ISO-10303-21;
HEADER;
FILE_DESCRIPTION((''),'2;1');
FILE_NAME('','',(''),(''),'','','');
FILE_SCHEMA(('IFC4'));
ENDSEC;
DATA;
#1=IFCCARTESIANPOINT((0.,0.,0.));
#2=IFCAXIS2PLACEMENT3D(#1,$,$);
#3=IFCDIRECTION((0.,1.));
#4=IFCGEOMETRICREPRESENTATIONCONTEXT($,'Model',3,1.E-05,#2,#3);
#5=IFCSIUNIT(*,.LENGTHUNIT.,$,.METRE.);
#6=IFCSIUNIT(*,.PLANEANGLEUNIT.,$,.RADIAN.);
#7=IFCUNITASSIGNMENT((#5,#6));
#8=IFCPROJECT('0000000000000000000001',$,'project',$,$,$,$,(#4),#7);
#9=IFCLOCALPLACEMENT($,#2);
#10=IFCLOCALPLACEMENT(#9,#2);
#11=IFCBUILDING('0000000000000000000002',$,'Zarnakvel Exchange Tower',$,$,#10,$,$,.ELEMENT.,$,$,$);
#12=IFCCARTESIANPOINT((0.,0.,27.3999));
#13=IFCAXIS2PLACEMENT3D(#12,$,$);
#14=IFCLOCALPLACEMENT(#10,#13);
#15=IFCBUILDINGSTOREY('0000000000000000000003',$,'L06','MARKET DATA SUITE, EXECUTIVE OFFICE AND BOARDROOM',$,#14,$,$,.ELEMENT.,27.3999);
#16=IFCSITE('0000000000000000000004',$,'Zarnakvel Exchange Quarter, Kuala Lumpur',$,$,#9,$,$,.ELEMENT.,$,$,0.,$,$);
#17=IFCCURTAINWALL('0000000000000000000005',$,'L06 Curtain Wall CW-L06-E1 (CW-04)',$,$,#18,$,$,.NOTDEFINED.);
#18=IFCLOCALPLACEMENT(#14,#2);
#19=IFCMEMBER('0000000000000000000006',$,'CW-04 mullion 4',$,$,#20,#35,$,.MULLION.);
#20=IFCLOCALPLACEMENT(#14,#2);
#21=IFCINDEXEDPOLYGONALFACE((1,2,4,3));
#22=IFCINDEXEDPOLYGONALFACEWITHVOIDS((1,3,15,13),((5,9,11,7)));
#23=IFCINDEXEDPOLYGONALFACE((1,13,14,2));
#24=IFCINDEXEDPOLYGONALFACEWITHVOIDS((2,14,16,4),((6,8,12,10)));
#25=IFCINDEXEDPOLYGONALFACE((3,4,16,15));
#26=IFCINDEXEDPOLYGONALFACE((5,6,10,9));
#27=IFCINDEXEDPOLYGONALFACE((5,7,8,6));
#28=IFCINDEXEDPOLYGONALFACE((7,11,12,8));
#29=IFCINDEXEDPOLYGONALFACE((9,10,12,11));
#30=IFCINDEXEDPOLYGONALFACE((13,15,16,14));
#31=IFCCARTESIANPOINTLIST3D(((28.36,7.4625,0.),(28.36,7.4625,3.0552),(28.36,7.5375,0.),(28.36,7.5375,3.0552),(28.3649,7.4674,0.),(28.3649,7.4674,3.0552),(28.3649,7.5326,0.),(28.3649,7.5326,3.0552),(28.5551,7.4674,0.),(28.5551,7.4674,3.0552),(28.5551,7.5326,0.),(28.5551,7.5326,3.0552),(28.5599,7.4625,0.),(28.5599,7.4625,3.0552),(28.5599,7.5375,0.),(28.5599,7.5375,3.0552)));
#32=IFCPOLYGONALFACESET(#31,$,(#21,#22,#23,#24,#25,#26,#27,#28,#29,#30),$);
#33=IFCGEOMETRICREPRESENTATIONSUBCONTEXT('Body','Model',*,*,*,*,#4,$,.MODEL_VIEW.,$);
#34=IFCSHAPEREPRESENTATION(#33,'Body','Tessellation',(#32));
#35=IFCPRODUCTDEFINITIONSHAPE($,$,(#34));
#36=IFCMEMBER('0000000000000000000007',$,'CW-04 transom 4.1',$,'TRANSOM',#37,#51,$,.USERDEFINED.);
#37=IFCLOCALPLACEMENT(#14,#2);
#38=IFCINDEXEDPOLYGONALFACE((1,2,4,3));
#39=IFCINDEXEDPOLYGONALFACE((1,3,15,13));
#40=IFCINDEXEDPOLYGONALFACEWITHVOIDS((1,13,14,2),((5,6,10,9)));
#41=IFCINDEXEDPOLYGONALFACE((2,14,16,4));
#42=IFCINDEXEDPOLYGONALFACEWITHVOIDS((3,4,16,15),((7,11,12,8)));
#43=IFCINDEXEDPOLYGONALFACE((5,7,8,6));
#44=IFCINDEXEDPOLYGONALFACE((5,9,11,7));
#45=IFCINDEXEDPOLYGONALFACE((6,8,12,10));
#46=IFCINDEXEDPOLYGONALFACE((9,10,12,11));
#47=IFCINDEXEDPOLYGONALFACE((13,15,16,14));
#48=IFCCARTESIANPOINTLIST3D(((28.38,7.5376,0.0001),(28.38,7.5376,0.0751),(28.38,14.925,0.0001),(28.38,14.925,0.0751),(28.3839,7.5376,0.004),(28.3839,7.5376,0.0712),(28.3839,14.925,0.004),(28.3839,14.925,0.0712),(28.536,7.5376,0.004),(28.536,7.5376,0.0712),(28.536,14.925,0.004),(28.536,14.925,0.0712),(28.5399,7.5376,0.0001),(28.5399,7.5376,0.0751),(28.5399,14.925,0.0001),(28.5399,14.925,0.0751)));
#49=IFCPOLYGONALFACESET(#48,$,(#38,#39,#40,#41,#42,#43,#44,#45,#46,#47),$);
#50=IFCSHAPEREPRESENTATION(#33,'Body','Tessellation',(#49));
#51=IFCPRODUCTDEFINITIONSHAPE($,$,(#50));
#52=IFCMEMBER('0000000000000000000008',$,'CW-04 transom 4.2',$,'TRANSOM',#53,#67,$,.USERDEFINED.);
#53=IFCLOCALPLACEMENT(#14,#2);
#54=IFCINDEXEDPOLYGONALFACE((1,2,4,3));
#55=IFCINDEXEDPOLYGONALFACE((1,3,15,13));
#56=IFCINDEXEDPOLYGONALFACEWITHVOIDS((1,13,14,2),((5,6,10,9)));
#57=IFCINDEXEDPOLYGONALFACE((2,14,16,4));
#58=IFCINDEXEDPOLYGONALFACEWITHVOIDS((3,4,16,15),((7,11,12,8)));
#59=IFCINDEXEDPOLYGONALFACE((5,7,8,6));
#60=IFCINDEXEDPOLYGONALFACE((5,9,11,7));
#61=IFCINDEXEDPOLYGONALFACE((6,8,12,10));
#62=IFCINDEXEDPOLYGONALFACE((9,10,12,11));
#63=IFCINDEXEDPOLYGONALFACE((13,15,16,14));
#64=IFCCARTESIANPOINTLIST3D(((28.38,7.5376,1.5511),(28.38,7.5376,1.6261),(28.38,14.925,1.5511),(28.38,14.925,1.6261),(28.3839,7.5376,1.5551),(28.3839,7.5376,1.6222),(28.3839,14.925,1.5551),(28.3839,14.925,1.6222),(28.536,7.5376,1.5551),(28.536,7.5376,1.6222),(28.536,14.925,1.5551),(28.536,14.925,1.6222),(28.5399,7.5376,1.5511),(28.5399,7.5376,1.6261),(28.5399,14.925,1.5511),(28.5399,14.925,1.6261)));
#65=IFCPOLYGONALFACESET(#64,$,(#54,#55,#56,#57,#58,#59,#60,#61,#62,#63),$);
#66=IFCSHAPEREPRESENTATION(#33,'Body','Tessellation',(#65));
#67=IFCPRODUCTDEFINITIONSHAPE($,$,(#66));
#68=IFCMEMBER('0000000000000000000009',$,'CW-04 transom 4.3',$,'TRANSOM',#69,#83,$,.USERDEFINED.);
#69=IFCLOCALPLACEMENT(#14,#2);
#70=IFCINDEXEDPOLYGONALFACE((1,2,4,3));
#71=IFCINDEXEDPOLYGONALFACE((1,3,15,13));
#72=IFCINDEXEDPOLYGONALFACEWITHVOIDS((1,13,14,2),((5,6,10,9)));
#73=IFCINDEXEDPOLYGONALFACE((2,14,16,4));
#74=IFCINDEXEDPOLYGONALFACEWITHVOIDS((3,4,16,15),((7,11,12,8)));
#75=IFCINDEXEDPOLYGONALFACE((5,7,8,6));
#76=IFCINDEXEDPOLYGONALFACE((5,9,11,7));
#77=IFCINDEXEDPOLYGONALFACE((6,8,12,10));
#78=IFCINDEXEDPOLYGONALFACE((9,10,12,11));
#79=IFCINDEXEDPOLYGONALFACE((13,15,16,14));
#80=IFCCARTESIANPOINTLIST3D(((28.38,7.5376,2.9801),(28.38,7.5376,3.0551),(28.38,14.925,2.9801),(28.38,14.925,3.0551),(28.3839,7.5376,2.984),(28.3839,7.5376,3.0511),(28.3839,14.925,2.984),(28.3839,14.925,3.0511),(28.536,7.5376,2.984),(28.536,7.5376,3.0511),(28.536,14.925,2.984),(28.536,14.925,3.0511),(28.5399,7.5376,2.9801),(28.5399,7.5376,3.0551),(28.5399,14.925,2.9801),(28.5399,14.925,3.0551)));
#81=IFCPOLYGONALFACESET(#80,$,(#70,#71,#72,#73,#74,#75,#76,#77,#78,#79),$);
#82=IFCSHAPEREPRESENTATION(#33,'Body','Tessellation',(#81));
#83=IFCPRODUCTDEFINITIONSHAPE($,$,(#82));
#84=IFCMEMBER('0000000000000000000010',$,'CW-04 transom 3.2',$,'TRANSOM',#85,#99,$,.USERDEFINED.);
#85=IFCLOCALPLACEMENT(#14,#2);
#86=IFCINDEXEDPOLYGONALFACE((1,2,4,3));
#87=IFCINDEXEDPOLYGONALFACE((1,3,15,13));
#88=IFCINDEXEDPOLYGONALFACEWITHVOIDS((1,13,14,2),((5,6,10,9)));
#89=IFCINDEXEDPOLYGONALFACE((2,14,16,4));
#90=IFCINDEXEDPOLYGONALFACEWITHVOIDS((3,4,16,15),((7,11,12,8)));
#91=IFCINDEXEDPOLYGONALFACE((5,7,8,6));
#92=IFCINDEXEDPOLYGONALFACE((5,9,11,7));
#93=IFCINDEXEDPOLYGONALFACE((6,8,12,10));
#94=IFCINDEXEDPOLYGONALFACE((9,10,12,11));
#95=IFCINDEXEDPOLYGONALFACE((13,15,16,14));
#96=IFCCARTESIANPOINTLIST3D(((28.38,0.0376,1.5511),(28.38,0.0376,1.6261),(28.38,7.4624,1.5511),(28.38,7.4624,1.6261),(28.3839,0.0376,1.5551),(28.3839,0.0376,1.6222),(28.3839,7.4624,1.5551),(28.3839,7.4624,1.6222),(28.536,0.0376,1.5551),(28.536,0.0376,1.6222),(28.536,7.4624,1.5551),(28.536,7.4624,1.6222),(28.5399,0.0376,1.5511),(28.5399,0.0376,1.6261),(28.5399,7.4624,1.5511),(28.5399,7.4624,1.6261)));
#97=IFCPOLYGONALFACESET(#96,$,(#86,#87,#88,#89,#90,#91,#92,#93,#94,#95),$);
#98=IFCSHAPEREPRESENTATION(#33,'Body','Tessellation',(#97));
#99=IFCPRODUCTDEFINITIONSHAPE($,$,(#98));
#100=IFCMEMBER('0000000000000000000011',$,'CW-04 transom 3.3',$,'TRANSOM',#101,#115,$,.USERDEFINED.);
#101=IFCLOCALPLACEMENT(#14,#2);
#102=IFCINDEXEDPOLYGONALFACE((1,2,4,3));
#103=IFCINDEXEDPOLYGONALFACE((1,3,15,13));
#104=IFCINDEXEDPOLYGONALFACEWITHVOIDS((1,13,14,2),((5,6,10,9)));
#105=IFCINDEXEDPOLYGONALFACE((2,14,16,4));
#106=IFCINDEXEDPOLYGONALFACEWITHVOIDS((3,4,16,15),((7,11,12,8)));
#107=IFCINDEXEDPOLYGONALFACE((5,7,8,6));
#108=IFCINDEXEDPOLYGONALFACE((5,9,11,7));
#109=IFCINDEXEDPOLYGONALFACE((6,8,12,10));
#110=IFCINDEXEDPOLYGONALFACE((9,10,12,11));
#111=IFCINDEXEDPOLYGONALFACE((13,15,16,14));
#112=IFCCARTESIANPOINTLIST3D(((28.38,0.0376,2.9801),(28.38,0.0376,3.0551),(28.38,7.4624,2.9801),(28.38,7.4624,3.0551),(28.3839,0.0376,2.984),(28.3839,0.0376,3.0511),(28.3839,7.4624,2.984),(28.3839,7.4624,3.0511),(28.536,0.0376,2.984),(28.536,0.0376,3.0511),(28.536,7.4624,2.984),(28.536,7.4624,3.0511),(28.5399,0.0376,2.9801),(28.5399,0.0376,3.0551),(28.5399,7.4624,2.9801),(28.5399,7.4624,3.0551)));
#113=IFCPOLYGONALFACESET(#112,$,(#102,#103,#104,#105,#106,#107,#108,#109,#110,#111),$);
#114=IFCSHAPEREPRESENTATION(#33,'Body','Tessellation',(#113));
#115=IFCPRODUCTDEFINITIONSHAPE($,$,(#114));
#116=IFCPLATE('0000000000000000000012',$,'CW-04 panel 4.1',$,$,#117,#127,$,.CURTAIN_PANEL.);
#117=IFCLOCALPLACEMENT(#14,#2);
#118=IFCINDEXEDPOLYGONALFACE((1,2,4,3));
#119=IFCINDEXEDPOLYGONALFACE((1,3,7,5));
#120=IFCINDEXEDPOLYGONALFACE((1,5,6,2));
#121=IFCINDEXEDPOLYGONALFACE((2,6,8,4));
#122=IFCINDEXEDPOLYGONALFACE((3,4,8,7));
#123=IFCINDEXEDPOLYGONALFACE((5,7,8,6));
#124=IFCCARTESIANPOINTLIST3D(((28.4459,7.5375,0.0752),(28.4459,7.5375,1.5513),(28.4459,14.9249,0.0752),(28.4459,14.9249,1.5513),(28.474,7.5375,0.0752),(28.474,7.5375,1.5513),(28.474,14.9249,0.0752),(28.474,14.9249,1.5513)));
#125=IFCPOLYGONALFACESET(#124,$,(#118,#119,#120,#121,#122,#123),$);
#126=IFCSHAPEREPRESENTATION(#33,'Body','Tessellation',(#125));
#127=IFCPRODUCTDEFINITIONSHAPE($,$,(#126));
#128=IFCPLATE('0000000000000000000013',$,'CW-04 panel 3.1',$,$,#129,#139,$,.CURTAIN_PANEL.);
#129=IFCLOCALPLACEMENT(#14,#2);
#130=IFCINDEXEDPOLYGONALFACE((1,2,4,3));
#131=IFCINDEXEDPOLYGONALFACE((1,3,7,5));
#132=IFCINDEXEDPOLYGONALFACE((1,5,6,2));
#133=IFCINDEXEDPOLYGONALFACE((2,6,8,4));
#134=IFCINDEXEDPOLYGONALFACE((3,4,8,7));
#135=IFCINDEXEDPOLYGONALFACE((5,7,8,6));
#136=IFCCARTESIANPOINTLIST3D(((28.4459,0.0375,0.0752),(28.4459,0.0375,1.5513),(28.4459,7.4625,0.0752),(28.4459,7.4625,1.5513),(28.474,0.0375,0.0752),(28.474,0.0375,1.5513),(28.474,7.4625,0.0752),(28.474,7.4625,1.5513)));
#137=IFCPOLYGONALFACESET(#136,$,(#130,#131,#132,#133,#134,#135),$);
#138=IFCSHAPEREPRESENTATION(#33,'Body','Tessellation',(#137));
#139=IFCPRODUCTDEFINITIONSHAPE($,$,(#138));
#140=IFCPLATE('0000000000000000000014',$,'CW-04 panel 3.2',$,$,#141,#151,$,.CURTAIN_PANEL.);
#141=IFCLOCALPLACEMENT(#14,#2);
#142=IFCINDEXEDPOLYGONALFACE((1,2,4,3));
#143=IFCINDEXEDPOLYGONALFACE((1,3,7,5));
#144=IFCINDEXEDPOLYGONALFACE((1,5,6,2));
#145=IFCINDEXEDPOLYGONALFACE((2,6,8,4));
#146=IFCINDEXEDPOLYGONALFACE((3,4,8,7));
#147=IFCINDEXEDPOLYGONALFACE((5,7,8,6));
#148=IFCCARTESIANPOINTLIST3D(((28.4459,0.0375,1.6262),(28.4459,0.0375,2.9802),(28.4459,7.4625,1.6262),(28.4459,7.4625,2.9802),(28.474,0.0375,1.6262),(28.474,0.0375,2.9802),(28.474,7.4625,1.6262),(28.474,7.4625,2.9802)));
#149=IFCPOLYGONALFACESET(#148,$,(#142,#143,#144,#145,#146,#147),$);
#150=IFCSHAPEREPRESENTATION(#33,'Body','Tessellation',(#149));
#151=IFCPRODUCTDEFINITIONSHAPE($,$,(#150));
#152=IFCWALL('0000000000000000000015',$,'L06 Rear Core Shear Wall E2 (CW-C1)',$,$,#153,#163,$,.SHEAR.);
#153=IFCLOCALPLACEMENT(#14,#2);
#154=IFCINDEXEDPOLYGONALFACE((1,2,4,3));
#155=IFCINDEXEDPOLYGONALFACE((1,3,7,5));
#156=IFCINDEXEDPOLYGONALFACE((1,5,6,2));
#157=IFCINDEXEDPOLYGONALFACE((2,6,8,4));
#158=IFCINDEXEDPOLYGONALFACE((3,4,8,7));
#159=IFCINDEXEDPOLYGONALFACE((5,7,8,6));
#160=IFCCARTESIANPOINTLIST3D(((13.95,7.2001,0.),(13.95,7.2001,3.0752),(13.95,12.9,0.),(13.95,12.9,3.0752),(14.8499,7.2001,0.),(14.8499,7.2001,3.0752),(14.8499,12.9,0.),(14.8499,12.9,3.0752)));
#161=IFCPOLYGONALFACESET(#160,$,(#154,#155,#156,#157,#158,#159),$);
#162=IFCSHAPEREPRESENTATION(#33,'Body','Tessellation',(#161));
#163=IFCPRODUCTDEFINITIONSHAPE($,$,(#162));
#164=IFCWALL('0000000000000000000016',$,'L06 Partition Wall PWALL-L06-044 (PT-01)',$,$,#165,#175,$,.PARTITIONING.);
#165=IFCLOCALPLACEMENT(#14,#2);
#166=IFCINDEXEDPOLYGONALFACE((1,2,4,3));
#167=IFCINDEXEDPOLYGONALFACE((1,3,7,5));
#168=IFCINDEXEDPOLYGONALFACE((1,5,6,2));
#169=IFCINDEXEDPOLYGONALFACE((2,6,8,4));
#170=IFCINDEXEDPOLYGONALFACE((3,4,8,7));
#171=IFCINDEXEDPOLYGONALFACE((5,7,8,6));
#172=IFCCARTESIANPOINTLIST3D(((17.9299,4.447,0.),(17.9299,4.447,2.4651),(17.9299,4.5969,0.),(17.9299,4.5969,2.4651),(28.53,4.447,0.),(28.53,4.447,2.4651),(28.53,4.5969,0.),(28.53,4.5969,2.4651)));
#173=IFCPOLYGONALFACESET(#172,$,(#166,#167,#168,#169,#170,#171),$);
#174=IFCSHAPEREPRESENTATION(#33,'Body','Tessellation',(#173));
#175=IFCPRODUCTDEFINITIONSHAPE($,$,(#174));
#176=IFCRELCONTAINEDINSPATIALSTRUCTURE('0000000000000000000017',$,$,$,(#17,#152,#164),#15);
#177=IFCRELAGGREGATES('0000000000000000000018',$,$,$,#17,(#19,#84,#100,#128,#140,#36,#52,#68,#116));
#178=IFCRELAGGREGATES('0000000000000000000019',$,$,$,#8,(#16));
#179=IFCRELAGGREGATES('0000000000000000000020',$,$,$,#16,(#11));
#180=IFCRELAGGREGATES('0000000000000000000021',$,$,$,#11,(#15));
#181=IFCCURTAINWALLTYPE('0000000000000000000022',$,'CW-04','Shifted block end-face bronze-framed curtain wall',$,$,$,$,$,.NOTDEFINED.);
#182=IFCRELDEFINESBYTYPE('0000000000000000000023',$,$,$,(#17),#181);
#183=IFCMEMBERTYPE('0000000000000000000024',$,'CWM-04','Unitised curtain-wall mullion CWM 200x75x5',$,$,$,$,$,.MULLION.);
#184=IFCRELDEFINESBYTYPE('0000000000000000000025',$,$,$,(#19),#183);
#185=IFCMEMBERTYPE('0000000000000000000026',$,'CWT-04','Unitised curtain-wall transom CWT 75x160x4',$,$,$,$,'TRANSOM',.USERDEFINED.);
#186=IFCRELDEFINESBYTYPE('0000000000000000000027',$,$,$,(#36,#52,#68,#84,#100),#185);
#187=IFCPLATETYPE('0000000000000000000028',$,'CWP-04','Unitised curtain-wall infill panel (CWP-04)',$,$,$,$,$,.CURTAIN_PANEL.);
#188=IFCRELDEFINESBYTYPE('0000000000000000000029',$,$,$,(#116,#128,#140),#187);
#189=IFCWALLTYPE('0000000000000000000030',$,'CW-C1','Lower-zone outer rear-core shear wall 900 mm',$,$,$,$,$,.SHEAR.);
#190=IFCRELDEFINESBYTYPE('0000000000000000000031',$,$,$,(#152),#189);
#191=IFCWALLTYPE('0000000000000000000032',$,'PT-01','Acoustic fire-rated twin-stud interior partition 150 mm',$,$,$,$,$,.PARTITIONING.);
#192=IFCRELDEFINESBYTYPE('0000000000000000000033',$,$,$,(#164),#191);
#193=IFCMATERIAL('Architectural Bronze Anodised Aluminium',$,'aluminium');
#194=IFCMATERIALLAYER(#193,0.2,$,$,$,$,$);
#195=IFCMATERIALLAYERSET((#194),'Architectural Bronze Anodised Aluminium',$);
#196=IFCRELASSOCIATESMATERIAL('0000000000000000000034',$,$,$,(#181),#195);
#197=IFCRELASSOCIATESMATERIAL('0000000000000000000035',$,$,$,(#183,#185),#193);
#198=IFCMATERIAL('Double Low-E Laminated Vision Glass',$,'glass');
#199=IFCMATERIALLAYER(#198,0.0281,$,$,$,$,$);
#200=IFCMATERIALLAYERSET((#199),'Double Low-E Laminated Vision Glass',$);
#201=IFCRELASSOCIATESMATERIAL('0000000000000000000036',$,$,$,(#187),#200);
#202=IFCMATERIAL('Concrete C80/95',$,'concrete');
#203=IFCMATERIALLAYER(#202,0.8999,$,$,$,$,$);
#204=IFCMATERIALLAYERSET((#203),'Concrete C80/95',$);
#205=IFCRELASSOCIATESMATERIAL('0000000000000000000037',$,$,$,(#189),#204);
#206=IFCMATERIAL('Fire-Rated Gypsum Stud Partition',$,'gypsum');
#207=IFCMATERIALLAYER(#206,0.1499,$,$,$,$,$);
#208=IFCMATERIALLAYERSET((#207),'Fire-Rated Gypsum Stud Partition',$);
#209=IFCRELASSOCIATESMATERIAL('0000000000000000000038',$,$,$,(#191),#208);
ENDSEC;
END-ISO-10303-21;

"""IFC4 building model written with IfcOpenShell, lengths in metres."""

from ifc_helpers import new_model, si_unit, direction, frame, frame_2d, origin, origin_2d, place, context, subcontext, project, spatial, rectangle, hollow_rectangle, extrude, source, transform, mapped, material, layer, layer_set, material_profile, profile_set, type_object, element, aggregate, save


model = new_model("IFC4")

# Units and contexts
model_context = context("Model", 3, precision=1e-05, world=origin(), true_north=direction((0.0, 1.0)))
body_context = subcontext(model_context, "Body", "Model", "MODEL_VIEW")
ifc_project = project(units=[si_unit("LENGTHUNIT", "METRE"), si_unit("PLANEANGLEUNIT", "RADIAN")], contexts=[model_context])

# Site, building, storey
site_placement = place(None, origin())
site = spatial("IfcSite", under=ifc_project, at=site_placement, Name="Zarnakvel Exchange Quarter, Kuala Lumpur", CompositionType="ELEMENT", RefElevation=0.0)
building_placement = place(site_placement, origin())
building = spatial("IfcBuilding", under=site, at=building_placement, Name="Zarnakvel Exchange Tower", CompositionType="ELEMENT")
storey_placement = place(building_placement, frame((0.0, 0.0, 27.3999)))
storey = spatial("IfcBuildingStorey", under=building, at=storey_placement, Name="L06", Description="MARKET DATA SUITE, EXECUTIVE OFFICE AND BOARDROOM", CompositionType="ELEMENT", Elevation=27.3999)

# Shared definitions
ifc_material_1 = material(Name="Concrete C80/95", Category="concrete")

# Curtain wall, members, plates
ifc_material_2 = material(Name="Architectural Bronze Anodised Aluminium", Category="aluminium")
ifc_layer_1 = layer(ifc_material_2, 0.2)
ifc_layer_set_1 = layer_set([ifc_layer_1], Name="Architectural Bronze Anodised Aluminium")
curtain_wall_type = type_object("IfcCurtainWallType", Name="CW-04", Description="Shifted block end-face bronze-framed curtain wall", PredefinedType="NOTDEFINED", material=ifc_layer_set_1)
curtain_wall_placement = place(storey_placement, origin())
curtain_wall = element("IfcCurtainWall", 1, at=curtain_wall_placement, inside=storey, type_object=curtain_wall_type, Name="L06 Curtain Wall CW-L06-E1 (CW-04)", PredefinedType="NOTDEFINED")
ifc_material_profile_1 = material_profile(ifc_material_2, hollow_rectangle(XDim=0.2, YDim=0.075, WallThickness=0.0049, at=origin_2d()))
ifc_profile_set_1 = profile_set([ifc_material_profile_1], Name="Architectural Bronze Anodised Aluminium")
member_type_1 = type_object("IfcMemberType", Name="CWM-04", Description="Unitised curtain-wall mullion CWM 200x75x5", PredefinedType="MULLION", material=ifc_profile_set_1)
shared_shape_1 = source(origin(), body_context, "Body", "SweptSolid", [
    extrude(hollow_rectangle(XDim=0.2, YDim=0.075, WallThickness=0.0049, at=origin_2d()), origin(), (0.0, 0.0, 1.0), 3.0552),
])
member_1_placement = place(storey_placement, frame((28.46, 7.5, 0.0), z_axis=(0.0, 0.0, 1.0), x_axis=(-1.0, 0.0, 0.0)))
member_1 = element("IfcMember", 2, at=member_1_placement, type_object=member_type_1, Name="CW-04 mullion 4", PredefinedType="MULLION", context=body_context, shape_type="MappedRepresentation", body=[
    mapped(shared_shape_1, transform((0.0, 0.0, 0.0), x_axis=(1.0, 0.0, 0.0), y_axis=(0.0, 1.0, 0.0), z_axis=(0.0, 0.0, 1.0), scale=1.0)),
])
ifc_material_profile_2 = material_profile(ifc_material_2, hollow_rectangle(XDim=0.1599, YDim=0.075, WallThickness=0.0039, at=origin_2d()))
ifc_profile_set_2 = profile_set([ifc_material_profile_2], Name="Architectural Bronze Anodised Aluminium")
member_type_2 = type_object("IfcMemberType", Name="CWT-04", Description="Unitised curtain-wall transom CWT 75x160x4", ElementType="TRANSOM", PredefinedType="USERDEFINED", material=ifc_profile_set_2)
shared_shape_2 = source(origin(), body_context, "Body", "SweptSolid", [
    extrude(hollow_rectangle(XDim=0.1599, YDim=0.075, WallThickness=0.0039, at=origin_2d()), origin(), (0.0, 0.0, 1.0), 7.3875),
])
member_2_placement = place(storey_placement, frame((28.46, 7.5376, 0.0376), z_axis=(0.0, 1.0, 0.0), x_axis=(-1.0, 0.0, 0.0)))
member_2 = element("IfcMember", 3, at=member_2_placement, type_object=member_type_2, Name="CW-04 transom 4.1", ObjectType="TRANSOM", PredefinedType="USERDEFINED", context=body_context, shape_type="MappedRepresentation", body=[
    mapped(shared_shape_2, transform((0.0, 0.0, 0.0), x_axis=(1.0, 0.0, 0.0), y_axis=(0.0, 1.0, 0.0), z_axis=(0.0, 0.0, 1.0), scale=1.0)),
])
member_3_placement = place(storey_placement, frame((28.46, 7.5376, 1.5886), z_axis=(0.0, 1.0, 0.0), x_axis=(-1.0, 0.0, 0.0)))
member_3 = element("IfcMember", 4, at=member_3_placement, type_object=member_type_2, Name="CW-04 transom 4.2", ObjectType="TRANSOM", PredefinedType="USERDEFINED", context=body_context, shape_type="MappedRepresentation", body=[
    mapped(shared_shape_2, transform((0.0, 0.0, 0.0), x_axis=(1.0, 0.0, 0.0), y_axis=(0.0, 1.0, 0.0), z_axis=(0.0, 0.0, 1.0), scale=1.0)),
])
member_4_placement = place(storey_placement, frame((28.46, 7.5376, 3.0176), z_axis=(0.0, 1.0, 0.0), x_axis=(-1.0, 0.0, 0.0)))
member_4 = element("IfcMember", 5, at=member_4_placement, type_object=member_type_2, Name="CW-04 transom 4.3", ObjectType="TRANSOM", PredefinedType="USERDEFINED", context=body_context, shape_type="MappedRepresentation", body=[
    mapped(shared_shape_2, transform((0.0, 0.0, 0.0), x_axis=(1.0, 0.0, 0.0), y_axis=(0.0, 1.0, 0.0), z_axis=(0.0, 0.0, 1.0), scale=1.0)),
])
shared_shape_3 = source(origin(), body_context, "Body", "SweptSolid", [
    extrude(hollow_rectangle(XDim=0.1599, YDim=0.075, WallThickness=0.0039, at=origin_2d()), origin(), (0.0, 0.0, 1.0), 7.4248),
])
member_5_placement = place(storey_placement, frame((28.46, 0.0376, 1.5886), z_axis=(0.0, 1.0, 0.0), x_axis=(-1.0, 0.0, 0.0)))
member_5 = element("IfcMember", 6, at=member_5_placement, type_object=member_type_2, Name="CW-04 transom 3.2", ObjectType="TRANSOM", PredefinedType="USERDEFINED", context=body_context, shape_type="MappedRepresentation", body=[
    mapped(shared_shape_3, transform((0.0, 0.0, 0.0), x_axis=(1.0, 0.0, 0.0), y_axis=(0.0, 1.0, 0.0), z_axis=(0.0, 0.0, 1.0), scale=1.0)),
])
member_6_placement = place(storey_placement, frame((28.46, 0.0376, 3.0176), z_axis=(0.0, 1.0, 0.0), x_axis=(-1.0, 0.0, 0.0)))
member_6 = element("IfcMember", 7, at=member_6_placement, type_object=member_type_2, Name="CW-04 transom 3.3", ObjectType="TRANSOM", PredefinedType="USERDEFINED", context=body_context, shape_type="MappedRepresentation", body=[
    mapped(shared_shape_3, transform((0.0, 0.0, 0.0), x_axis=(1.0, 0.0, 0.0), y_axis=(0.0, 1.0, 0.0), z_axis=(0.0, 0.0, 1.0), scale=1.0)),
])
ifc_material_3 = material(Name="Double Low-E Laminated Vision Glass", Category="glass")
ifc_layer_2 = layer(ifc_material_3, 0.0281)
ifc_layer_set_2 = layer_set([ifc_layer_2], Name="Double Low-E Laminated Vision Glass")
plate_type = type_object("IfcPlateType", Name="CWP-04", Description="Unitised curtain-wall infill panel (CWP-04)", PredefinedType="CURTAIN_PANEL", material=ifc_layer_set_2)
shared_shape_4 = source(origin(), body_context, "Body", "SweptSolid", [
    extrude(rectangle(XDim=7.3875, YDim=0.0281, at=origin_2d()), origin(), (0.0, 0.0, 1.0), 1.4761),
])
plate_1_placement = place(storey_placement, frame((28.46, 11.2312, 0.0752), z_axis=(0.0, 0.0, 1.0), x_axis=(0.0, 1.0, 0.0)))
plate_1 = element("IfcPlate", 8, at=plate_1_placement, type_object=plate_type, Name="CW-04 panel 4.1", PredefinedType="CURTAIN_PANEL", context=body_context, shape_type="MappedRepresentation", body=[
    mapped(shared_shape_4, transform((0.0, 0.0, 0.0), x_axis=(1.0, 0.0, 0.0), y_axis=(0.0, 1.0, 0.0), z_axis=(0.0, 0.0, 1.0), scale=1.0)),
])
shared_shape_5 = source(origin(), body_context, "Body", "SweptSolid", [
    extrude(rectangle(XDim=7.425, YDim=0.0281, at=origin_2d()), origin(), (0.0, 0.0, 1.0), 1.4761),
])
plate_2_placement = place(storey_placement, frame((28.46, 3.75, 0.0752), z_axis=(0.0, 0.0, 1.0), x_axis=(0.0, 1.0, 0.0)))
plate_2 = element("IfcPlate", 9, at=plate_2_placement, type_object=plate_type, Name="CW-04 panel 3.1", PredefinedType="CURTAIN_PANEL", context=body_context, shape_type="MappedRepresentation", body=[
    mapped(shared_shape_5, transform((0.0, 0.0, 0.0), x_axis=(1.0, 0.0, 0.0), y_axis=(0.0, 1.0, 0.0), z_axis=(0.0, 0.0, 1.0), scale=1.0)),
])
shared_shape_6 = source(origin(), body_context, "Body", "SweptSolid", [
    extrude(rectangle(XDim=7.425, YDim=0.0281, at=origin_2d()), origin(), (0.0, 0.0, 1.0), 1.354),
])
plate_3_placement = place(storey_placement, frame((28.46, 3.75, 1.6262), z_axis=(0.0, 0.0, 1.0), x_axis=(0.0, 1.0, 0.0)))
plate_3 = element("IfcPlate", 10, at=plate_3_placement, type_object=plate_type, Name="CW-04 panel 3.2", PredefinedType="CURTAIN_PANEL", context=body_context, shape_type="MappedRepresentation", body=[
    mapped(shared_shape_6, transform((0.0, 0.0, 0.0), x_axis=(1.0, 0.0, 0.0), y_axis=(0.0, 1.0, 0.0), z_axis=(0.0, 0.0, 1.0), scale=1.0)),
])
aggregate(curtain_wall, [member_1, member_5, member_6, plate_2, plate_3, member_2, member_3, member_4, plate_1])

# Walls
ifc_layer_3 = layer(ifc_material_1, 0.8999)
ifc_layer_set_3 = layer_set([ifc_layer_3], Name="Concrete C80/95")
wall_type_1 = type_object("IfcWallType", Name="CW-C1", Description="Lower-zone outer rear-core shear wall 900 mm", PredefinedType="SHEAR", material=ifc_layer_set_3)
wall_1_placement = place(storey_placement, frame((14.3999, 7.2, 0.0), z_axis=(0.0, 0.0, 1.0), x_axis=(0.0, 1.0, 0.0)))
element("IfcWall", 11, at=wall_1_placement, inside=storey, type_object=wall_type_1, Name="L06 Rear Core Shear Wall E2 (CW-C1)", PredefinedType="SHEAR", context=body_context, shape_type="SweptSolid", body=[
    extrude(rectangle(XDim=5.7, YDim=0.8999, at=frame_2d((2.8501, 0.0))), origin(), (0.0, 0.0, 1.0), 3.0752),
])
ifc_material_4 = material(Name="Fire-Rated Gypsum Stud Partition", Category="gypsum")
ifc_layer_4 = layer(ifc_material_4, 0.1499)
ifc_layer_set_4 = layer_set([ifc_layer_4], Name="Fire-Rated Gypsum Stud Partition")
wall_type_2 = type_object("IfcWallType", Name="PT-01", Description="Acoustic fire-rated twin-stud interior partition 150 mm", PredefinedType="PARTITIONING", material=ifc_layer_set_4)
wall_2_placement = place(storey_placement, frame((17.9299, 4.522, 0.0), z_axis=(0.0, 0.0, 1.0), x_axis=(1.0, 0.0, 0.0)))
element("IfcWall", 12, at=wall_2_placement, inside=storey, type_object=wall_type_2, Name="L06 Partition Wall PWALL-L06-044 (PT-01)", PredefinedType="PARTITIONING", context=body_context, shape_type="SweptSolid", body=[
    extrude(rectangle(XDim=10.6001, YDim=0.1499, at=frame_2d((5.3, 0.0))), origin(), (0.0, 0.0, 1.0), 2.4651),
])

save(model, "model.ifc")
